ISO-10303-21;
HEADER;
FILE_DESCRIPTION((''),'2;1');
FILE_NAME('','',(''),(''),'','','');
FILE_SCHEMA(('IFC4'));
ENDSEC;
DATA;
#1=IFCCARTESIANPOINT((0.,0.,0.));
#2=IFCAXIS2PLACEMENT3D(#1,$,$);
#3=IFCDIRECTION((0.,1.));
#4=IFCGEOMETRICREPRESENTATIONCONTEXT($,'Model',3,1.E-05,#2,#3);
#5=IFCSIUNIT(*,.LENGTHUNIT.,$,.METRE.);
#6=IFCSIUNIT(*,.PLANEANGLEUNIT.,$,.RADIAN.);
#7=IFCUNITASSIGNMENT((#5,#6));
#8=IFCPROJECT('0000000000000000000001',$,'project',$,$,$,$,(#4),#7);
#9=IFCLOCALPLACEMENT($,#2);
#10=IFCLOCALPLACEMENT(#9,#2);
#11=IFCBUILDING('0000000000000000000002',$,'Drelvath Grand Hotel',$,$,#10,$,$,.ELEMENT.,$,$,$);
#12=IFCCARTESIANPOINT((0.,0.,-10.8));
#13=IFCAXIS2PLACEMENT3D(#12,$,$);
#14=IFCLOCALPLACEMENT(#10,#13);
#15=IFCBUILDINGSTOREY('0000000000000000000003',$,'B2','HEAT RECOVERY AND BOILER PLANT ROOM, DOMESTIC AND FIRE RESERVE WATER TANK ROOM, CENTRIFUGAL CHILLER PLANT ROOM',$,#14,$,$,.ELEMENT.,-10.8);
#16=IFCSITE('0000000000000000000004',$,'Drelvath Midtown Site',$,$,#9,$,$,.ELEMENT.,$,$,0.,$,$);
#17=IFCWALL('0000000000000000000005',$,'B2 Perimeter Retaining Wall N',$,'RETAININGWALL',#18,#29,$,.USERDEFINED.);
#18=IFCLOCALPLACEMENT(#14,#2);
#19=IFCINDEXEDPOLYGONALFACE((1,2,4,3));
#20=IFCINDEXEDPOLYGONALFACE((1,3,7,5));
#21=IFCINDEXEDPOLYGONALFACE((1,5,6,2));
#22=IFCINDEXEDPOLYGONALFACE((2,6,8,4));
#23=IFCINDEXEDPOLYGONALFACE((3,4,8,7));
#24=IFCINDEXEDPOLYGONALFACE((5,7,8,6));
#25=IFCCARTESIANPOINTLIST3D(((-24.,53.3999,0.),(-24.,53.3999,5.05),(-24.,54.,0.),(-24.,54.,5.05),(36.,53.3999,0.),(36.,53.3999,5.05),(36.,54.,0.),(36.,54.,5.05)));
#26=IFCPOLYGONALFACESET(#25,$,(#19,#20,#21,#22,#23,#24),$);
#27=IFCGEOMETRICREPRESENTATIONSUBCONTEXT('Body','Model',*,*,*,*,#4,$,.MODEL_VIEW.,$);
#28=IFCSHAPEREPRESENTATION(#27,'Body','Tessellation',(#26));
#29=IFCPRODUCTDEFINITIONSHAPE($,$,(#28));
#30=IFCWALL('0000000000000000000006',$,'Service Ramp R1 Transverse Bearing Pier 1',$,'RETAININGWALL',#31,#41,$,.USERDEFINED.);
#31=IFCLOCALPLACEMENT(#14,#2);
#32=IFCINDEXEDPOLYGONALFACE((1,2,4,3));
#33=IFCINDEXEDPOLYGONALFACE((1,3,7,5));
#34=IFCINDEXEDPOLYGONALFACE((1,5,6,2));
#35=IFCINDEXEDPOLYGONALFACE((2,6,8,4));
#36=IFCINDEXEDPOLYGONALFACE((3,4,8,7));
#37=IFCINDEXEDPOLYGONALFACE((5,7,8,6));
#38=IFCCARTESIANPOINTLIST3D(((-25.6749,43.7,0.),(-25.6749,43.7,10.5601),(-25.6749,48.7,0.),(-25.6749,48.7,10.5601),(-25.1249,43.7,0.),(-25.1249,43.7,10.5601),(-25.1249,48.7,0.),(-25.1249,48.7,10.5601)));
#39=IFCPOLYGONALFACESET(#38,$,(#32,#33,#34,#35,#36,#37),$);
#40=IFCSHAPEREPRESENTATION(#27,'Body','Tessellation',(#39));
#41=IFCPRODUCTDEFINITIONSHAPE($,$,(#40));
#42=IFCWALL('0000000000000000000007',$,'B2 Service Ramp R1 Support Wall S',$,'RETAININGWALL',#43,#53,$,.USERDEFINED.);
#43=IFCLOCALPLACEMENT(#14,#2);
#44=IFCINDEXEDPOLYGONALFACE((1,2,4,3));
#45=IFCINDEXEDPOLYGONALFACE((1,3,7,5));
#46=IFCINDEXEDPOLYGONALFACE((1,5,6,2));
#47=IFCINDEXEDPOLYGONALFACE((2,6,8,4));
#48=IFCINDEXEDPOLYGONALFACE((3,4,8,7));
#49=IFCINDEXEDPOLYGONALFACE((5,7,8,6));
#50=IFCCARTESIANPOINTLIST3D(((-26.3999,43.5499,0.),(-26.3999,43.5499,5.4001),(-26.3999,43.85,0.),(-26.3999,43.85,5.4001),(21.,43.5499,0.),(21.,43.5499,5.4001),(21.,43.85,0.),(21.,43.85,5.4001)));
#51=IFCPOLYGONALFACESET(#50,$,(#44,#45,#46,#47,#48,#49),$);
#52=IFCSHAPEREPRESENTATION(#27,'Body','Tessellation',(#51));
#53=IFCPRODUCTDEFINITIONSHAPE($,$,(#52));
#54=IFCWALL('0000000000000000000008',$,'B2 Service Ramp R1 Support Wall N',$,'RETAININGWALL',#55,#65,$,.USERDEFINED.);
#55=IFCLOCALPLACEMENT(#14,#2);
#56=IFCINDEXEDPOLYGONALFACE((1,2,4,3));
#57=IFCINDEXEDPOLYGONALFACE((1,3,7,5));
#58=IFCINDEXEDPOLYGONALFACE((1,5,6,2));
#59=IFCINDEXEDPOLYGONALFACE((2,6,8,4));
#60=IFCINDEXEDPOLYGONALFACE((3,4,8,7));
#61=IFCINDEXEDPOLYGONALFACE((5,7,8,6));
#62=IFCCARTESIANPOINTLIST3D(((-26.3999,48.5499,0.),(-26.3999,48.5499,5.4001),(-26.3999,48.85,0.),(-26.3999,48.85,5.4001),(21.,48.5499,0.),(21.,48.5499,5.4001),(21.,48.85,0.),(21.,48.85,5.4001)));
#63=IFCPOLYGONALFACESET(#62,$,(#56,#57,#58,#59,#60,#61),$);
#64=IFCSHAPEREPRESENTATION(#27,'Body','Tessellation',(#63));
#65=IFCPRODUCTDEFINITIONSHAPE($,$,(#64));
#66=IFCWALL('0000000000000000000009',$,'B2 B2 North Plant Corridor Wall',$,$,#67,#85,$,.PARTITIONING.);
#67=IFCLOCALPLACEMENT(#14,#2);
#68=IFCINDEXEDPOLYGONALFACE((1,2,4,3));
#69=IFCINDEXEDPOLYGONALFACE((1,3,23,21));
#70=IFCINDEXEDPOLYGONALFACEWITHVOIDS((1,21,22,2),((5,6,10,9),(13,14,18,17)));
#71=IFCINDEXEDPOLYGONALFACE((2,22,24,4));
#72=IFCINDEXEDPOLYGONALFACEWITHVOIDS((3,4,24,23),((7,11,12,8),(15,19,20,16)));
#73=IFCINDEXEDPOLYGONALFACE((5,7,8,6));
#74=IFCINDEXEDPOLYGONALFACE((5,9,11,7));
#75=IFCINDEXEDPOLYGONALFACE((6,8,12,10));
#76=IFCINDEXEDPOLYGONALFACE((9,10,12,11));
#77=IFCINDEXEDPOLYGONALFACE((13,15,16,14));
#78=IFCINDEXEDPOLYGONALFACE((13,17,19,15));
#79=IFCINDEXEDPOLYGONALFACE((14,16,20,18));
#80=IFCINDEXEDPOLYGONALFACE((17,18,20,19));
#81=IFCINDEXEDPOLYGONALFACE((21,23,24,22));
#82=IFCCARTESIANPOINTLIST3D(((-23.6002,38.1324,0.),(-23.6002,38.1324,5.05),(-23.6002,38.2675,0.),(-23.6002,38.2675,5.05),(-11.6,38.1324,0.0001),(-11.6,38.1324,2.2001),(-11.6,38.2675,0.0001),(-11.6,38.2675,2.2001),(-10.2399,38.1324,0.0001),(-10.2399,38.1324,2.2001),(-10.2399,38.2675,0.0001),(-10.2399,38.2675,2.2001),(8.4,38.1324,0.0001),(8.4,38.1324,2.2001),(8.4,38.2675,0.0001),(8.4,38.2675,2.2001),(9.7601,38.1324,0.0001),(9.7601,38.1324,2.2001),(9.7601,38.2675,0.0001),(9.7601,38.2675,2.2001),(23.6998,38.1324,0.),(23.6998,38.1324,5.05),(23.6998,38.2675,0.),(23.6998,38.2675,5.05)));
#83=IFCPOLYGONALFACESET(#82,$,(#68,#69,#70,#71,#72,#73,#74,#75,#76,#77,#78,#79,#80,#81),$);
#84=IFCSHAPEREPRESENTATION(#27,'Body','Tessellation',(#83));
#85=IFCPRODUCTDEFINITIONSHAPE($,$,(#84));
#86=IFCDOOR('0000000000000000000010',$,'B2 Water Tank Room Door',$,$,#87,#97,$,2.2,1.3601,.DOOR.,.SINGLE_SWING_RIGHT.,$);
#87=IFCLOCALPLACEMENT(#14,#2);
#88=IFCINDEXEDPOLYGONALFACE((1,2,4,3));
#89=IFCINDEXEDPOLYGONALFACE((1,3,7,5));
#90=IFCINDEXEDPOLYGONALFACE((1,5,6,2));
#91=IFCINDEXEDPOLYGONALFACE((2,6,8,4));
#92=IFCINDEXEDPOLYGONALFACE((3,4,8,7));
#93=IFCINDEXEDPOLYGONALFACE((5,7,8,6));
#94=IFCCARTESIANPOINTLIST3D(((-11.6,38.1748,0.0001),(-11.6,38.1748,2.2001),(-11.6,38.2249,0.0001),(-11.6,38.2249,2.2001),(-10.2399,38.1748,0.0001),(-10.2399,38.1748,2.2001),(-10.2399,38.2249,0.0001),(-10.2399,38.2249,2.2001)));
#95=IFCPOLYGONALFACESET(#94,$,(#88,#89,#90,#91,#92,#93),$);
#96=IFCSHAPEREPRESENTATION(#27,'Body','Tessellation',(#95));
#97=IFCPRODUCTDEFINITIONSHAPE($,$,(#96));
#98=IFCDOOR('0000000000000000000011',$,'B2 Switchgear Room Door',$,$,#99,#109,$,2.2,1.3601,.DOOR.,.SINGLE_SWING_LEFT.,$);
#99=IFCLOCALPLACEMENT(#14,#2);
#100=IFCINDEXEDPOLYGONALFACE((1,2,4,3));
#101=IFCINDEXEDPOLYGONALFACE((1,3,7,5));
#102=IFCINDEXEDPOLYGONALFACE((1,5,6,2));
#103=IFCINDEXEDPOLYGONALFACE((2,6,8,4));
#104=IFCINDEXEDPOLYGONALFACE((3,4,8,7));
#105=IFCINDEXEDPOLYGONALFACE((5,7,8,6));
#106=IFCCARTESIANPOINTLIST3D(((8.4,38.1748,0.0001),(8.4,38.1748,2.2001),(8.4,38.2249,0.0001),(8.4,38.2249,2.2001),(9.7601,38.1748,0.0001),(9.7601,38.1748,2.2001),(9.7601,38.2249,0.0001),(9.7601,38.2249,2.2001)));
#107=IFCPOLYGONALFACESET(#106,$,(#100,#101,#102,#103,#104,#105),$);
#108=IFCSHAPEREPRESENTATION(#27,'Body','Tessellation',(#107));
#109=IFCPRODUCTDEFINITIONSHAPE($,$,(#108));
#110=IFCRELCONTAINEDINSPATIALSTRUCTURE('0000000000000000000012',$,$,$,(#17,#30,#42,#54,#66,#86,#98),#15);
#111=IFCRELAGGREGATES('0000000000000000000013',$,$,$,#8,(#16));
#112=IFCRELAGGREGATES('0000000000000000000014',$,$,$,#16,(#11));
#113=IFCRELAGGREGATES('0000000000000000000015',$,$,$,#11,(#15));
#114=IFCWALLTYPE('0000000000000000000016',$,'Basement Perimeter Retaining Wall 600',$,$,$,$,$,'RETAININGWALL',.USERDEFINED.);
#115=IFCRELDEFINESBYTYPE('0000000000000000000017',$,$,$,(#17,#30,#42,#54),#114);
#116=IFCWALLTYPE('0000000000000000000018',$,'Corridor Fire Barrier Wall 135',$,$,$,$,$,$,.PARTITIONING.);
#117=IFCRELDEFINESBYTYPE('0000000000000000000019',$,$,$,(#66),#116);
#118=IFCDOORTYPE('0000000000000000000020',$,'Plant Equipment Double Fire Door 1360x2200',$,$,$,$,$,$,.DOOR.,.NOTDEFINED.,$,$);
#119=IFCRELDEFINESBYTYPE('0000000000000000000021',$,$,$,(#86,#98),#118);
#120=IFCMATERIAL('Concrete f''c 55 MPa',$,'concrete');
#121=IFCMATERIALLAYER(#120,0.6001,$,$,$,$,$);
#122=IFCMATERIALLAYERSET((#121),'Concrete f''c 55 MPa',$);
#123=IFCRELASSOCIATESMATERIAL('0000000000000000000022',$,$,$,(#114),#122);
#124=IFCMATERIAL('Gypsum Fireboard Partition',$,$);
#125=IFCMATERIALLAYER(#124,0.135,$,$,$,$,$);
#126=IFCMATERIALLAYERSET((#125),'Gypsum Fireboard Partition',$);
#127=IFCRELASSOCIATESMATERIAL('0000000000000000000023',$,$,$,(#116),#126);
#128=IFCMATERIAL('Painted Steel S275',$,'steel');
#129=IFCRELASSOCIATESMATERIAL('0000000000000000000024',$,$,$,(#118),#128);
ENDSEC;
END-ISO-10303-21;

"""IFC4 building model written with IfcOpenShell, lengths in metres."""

from ifc_helpers import new_model, si_unit, direction, frame, frame_2d, origin, place, context, subcontext, project, spatial, rectangle, extrude, material, layer, layer_set, type_object, element, fill, save


model = new_model("IFC4")

# Units and contexts
model_context = context("Model", 3, precision=1e-05, world=origin(), true_north=direction((0.0, 1.0)))
body_context = subcontext(model_context, "Body", "Model", "MODEL_VIEW")
ifc_project = project(units=[si_unit("LENGTHUNIT", "METRE"), si_unit("PLANEANGLEUNIT", "RADIAN")], contexts=[model_context])

# Site, building, storey
site_placement = place(None, origin())
site = spatial("IfcSite", under=ifc_project, at=site_placement, Name="Drelvath Midtown Site", CompositionType="ELEMENT", RefElevation=0.0)
building_placement = place(site_placement, origin())
building = spatial("IfcBuilding", under=site, at=building_placement, Name="Drelvath Grand Hotel", CompositionType="ELEMENT")
storey_placement = place(building_placement, frame((0.0, 0.0, -10.8)))
storey = spatial("IfcBuildingStorey", under=building, at=storey_placement, Name="B2", Description="HEAT RECOVERY AND BOILER PLANT ROOM, DOMESTIC AND FIRE RESERVE WATER TANK ROOM, CENTRIFUGAL CHILLER PLANT ROOM", CompositionType="ELEMENT", Elevation=-10.8)

# Shared definitions
ifc_material_1 = material(Name="Concrete f'c 55 MPa", Category="concrete")

# Walls
ifc_layer_1 = layer(ifc_material_1, 0.6001)
ifc_layer_set_1 = layer_set([ifc_layer_1], Name="Concrete f'c 55 MPa")
wall_type_1 = type_object("IfcWallType", Name="Basement Perimeter Retaining Wall 600", ElementType="RETAININGWALL", PredefinedType="USERDEFINED", material=ifc_layer_set_1)
wall_1_placement = place(storey_placement, frame((-24.0, 53.7, 0.0), z_axis=(0.0, 0.0, 1.0), x_axis=(1.0, 0.0, 0.0)))
element("IfcWall", 1, at=wall_1_placement, inside=storey, type_object=wall_type_1, Name="B2 Perimeter Retaining Wall N", ObjectType="RETAININGWALL", PredefinedType="USERDEFINED", context=body_context, shape_type="SweptSolid", body=[
    extrude(rectangle(XDim=60.0, YDim=0.6001, at=frame_2d((30.0, 0.0))), origin(), (0.0, 0.0, 1.0), 5.05),
])
wall_2_placement = place(storey_placement, frame((-25.3999, 43.7, 0.0), z_axis=(0.0, 0.0, 1.0), x_axis=(0.0, 1.0, 0.0)))
element("IfcWall", 2, at=wall_2_placement, inside=storey, type_object=wall_type_1, Name="Service Ramp R1 Transverse Bearing Pier 1", ObjectType="RETAININGWALL", PredefinedType="USERDEFINED", context=body_context, shape_type="SweptSolid", body=[
    extrude(rectangle(XDim=5.0, YDim=0.55, at=frame_2d((2.5, 0.0))), origin(), (0.0, 0.0, 1.0), 10.5601),
])
for number, where, z_axis, x_axis, name in (
    (3, (-26.3999, 43.7, 0.0), (0.0, 0.0, 1.0), (1.0, 0.0, 0.0), "B2 Service Ramp R1 Support Wall S"),
    (4, (-26.3999, 48.7, 0.0), (0.0, 0.0, 1.0), (1.0, 0.0, 0.0), "B2 Service Ramp R1 Support Wall N"),
):
    element("IfcWall", number, at=place(storey_placement, frame(where, z_axis=z_axis, x_axis=x_axis)), inside=storey, type_object=wall_type_1, Name=name, ObjectType="RETAININGWALL", PredefinedType="USERDEFINED", context=body_context, shape_type="SweptSolid", body=[
        extrude(rectangle(XDim=47.3999, YDim=0.3, at=frame_2d((23.7, 0.0))), origin(), (0.0, 0.0, 1.0), 5.4001),
    ])

# Wall, openings, doors
ifc_material_2 = material(Name="Gypsum Fireboard Partition")
ifc_layer_2 = layer(ifc_material_2, 0.135)
ifc_layer_set_2 = layer_set([ifc_layer_2], Name="Gypsum Fireboard Partition")
wall_type_2 = type_object("IfcWallType", Name="Corridor Fire Barrier Wall 135", PredefinedType="PARTITIONING", material=ifc_layer_set_2)
wall_3_placement = place(storey_placement, frame((-23.6001, 38.2, 0.0), z_axis=(0.0, 0.0, 1.0), x_axis=(1.0, 0.0, 0.0)))
wall_3 = element("IfcWall", 5, at=wall_3_placement, inside=storey, type_object=wall_type_2, Name="B2 B2 North Plant Corridor Wall", PredefinedType="PARTITIONING", context=body_context, shape_type="SweptSolid", body=[
    extrude(rectangle(XDim=47.3, YDim=0.135, at=frame_2d((23.6499, 0.0))), origin(), (0.0, 0.0, 1.0), 5.05),
])
opening_1_placement = place(wall_3_placement, frame((12.0, 0.0, 0.0)))
opening_1 = element("IfcOpeningElement", 6, at=opening_1_placement, cuts=wall_3, PredefinedType="OPENING", context=body_context, shape_type="SweptSolid", body=[
    extrude(rectangle(XDim=1.3601, YDim=2.2, at=frame_2d((0.6802, 1.1001))), frame((0.0, 0.0774, 0.0), z_axis=(0.0, -1.0, 0.0), x_axis=(1.0, 0.0, 0.0)), (0.0, 0.0, 1.0), 0.155),
])
opening_2_placement = place(wall_3_placement, frame((32.0, 0.0, 0.0)))
opening_2 = element("IfcOpeningElement", 7, at=opening_2_placement, cuts=wall_3, PredefinedType="OPENING", context=body_context, shape_type="SweptSolid", body=[
    extrude(rectangle(XDim=1.3601, YDim=2.2, at=frame_2d((0.6802, 1.1001))), frame((0.0, 0.0774, 0.0), z_axis=(0.0, -1.0, 0.0), x_axis=(1.0, 0.0, 0.0)), (0.0, 0.0, 1.0), 0.155),
])
ifc_material_3 = material(Name="Painted Steel S275", Category="steel")
door_type = type_object("IfcDoorType", Name="Plant Equipment Double Fire Door 1360x2200", OperationType="NOTDEFINED", PredefinedType="DOOR", material=ifc_material_3)
door_1_placement = place(opening_1_placement, origin())
door_1 = element("IfcDoor", 8, at=door_1_placement, inside=storey, type_object=door_type, Name="B2 Water Tank Room Door", OperationType="SINGLE_SWING_RIGHT", OverallHeight=2.2, OverallWidth=1.3601, PredefinedType="DOOR", context=body_context, shape_type="SweptSolid", body=[
    extrude(rectangle(XDim=1.3601, YDim=2.2, at=frame_2d((0.6802, 1.1001))), frame((0.0, 0.0249, 0.0), z_axis=(0.0, -1.0, 0.0), x_axis=(1.0, 0.0, 0.0)), (0.0, 0.0, 1.0), 0.05),
])
fill(opening_1, door_1)
door_2_placement = place(opening_2_placement, origin())
door_2 = element("IfcDoor", 9, at=door_2_placement, inside=storey, type_object=door_type, Name="B2 Switchgear Room Door", OperationType="SINGLE_SWING_LEFT", OverallHeight=2.2, OverallWidth=1.3601, PredefinedType="DOOR", context=body_context, shape_type="SweptSolid", body=[
    extrude(rectangle(XDim=1.3601, YDim=2.2, at=frame_2d((0.6802, 1.1001))), frame((0.0, 0.0249, 0.0), z_axis=(0.0, -1.0, 0.0), x_axis=(1.0, 0.0, 0.0)), (0.0, 0.0, 1.0), 0.05),
])
fill(opening_2, door_2)

save(model, "model.ifc")
